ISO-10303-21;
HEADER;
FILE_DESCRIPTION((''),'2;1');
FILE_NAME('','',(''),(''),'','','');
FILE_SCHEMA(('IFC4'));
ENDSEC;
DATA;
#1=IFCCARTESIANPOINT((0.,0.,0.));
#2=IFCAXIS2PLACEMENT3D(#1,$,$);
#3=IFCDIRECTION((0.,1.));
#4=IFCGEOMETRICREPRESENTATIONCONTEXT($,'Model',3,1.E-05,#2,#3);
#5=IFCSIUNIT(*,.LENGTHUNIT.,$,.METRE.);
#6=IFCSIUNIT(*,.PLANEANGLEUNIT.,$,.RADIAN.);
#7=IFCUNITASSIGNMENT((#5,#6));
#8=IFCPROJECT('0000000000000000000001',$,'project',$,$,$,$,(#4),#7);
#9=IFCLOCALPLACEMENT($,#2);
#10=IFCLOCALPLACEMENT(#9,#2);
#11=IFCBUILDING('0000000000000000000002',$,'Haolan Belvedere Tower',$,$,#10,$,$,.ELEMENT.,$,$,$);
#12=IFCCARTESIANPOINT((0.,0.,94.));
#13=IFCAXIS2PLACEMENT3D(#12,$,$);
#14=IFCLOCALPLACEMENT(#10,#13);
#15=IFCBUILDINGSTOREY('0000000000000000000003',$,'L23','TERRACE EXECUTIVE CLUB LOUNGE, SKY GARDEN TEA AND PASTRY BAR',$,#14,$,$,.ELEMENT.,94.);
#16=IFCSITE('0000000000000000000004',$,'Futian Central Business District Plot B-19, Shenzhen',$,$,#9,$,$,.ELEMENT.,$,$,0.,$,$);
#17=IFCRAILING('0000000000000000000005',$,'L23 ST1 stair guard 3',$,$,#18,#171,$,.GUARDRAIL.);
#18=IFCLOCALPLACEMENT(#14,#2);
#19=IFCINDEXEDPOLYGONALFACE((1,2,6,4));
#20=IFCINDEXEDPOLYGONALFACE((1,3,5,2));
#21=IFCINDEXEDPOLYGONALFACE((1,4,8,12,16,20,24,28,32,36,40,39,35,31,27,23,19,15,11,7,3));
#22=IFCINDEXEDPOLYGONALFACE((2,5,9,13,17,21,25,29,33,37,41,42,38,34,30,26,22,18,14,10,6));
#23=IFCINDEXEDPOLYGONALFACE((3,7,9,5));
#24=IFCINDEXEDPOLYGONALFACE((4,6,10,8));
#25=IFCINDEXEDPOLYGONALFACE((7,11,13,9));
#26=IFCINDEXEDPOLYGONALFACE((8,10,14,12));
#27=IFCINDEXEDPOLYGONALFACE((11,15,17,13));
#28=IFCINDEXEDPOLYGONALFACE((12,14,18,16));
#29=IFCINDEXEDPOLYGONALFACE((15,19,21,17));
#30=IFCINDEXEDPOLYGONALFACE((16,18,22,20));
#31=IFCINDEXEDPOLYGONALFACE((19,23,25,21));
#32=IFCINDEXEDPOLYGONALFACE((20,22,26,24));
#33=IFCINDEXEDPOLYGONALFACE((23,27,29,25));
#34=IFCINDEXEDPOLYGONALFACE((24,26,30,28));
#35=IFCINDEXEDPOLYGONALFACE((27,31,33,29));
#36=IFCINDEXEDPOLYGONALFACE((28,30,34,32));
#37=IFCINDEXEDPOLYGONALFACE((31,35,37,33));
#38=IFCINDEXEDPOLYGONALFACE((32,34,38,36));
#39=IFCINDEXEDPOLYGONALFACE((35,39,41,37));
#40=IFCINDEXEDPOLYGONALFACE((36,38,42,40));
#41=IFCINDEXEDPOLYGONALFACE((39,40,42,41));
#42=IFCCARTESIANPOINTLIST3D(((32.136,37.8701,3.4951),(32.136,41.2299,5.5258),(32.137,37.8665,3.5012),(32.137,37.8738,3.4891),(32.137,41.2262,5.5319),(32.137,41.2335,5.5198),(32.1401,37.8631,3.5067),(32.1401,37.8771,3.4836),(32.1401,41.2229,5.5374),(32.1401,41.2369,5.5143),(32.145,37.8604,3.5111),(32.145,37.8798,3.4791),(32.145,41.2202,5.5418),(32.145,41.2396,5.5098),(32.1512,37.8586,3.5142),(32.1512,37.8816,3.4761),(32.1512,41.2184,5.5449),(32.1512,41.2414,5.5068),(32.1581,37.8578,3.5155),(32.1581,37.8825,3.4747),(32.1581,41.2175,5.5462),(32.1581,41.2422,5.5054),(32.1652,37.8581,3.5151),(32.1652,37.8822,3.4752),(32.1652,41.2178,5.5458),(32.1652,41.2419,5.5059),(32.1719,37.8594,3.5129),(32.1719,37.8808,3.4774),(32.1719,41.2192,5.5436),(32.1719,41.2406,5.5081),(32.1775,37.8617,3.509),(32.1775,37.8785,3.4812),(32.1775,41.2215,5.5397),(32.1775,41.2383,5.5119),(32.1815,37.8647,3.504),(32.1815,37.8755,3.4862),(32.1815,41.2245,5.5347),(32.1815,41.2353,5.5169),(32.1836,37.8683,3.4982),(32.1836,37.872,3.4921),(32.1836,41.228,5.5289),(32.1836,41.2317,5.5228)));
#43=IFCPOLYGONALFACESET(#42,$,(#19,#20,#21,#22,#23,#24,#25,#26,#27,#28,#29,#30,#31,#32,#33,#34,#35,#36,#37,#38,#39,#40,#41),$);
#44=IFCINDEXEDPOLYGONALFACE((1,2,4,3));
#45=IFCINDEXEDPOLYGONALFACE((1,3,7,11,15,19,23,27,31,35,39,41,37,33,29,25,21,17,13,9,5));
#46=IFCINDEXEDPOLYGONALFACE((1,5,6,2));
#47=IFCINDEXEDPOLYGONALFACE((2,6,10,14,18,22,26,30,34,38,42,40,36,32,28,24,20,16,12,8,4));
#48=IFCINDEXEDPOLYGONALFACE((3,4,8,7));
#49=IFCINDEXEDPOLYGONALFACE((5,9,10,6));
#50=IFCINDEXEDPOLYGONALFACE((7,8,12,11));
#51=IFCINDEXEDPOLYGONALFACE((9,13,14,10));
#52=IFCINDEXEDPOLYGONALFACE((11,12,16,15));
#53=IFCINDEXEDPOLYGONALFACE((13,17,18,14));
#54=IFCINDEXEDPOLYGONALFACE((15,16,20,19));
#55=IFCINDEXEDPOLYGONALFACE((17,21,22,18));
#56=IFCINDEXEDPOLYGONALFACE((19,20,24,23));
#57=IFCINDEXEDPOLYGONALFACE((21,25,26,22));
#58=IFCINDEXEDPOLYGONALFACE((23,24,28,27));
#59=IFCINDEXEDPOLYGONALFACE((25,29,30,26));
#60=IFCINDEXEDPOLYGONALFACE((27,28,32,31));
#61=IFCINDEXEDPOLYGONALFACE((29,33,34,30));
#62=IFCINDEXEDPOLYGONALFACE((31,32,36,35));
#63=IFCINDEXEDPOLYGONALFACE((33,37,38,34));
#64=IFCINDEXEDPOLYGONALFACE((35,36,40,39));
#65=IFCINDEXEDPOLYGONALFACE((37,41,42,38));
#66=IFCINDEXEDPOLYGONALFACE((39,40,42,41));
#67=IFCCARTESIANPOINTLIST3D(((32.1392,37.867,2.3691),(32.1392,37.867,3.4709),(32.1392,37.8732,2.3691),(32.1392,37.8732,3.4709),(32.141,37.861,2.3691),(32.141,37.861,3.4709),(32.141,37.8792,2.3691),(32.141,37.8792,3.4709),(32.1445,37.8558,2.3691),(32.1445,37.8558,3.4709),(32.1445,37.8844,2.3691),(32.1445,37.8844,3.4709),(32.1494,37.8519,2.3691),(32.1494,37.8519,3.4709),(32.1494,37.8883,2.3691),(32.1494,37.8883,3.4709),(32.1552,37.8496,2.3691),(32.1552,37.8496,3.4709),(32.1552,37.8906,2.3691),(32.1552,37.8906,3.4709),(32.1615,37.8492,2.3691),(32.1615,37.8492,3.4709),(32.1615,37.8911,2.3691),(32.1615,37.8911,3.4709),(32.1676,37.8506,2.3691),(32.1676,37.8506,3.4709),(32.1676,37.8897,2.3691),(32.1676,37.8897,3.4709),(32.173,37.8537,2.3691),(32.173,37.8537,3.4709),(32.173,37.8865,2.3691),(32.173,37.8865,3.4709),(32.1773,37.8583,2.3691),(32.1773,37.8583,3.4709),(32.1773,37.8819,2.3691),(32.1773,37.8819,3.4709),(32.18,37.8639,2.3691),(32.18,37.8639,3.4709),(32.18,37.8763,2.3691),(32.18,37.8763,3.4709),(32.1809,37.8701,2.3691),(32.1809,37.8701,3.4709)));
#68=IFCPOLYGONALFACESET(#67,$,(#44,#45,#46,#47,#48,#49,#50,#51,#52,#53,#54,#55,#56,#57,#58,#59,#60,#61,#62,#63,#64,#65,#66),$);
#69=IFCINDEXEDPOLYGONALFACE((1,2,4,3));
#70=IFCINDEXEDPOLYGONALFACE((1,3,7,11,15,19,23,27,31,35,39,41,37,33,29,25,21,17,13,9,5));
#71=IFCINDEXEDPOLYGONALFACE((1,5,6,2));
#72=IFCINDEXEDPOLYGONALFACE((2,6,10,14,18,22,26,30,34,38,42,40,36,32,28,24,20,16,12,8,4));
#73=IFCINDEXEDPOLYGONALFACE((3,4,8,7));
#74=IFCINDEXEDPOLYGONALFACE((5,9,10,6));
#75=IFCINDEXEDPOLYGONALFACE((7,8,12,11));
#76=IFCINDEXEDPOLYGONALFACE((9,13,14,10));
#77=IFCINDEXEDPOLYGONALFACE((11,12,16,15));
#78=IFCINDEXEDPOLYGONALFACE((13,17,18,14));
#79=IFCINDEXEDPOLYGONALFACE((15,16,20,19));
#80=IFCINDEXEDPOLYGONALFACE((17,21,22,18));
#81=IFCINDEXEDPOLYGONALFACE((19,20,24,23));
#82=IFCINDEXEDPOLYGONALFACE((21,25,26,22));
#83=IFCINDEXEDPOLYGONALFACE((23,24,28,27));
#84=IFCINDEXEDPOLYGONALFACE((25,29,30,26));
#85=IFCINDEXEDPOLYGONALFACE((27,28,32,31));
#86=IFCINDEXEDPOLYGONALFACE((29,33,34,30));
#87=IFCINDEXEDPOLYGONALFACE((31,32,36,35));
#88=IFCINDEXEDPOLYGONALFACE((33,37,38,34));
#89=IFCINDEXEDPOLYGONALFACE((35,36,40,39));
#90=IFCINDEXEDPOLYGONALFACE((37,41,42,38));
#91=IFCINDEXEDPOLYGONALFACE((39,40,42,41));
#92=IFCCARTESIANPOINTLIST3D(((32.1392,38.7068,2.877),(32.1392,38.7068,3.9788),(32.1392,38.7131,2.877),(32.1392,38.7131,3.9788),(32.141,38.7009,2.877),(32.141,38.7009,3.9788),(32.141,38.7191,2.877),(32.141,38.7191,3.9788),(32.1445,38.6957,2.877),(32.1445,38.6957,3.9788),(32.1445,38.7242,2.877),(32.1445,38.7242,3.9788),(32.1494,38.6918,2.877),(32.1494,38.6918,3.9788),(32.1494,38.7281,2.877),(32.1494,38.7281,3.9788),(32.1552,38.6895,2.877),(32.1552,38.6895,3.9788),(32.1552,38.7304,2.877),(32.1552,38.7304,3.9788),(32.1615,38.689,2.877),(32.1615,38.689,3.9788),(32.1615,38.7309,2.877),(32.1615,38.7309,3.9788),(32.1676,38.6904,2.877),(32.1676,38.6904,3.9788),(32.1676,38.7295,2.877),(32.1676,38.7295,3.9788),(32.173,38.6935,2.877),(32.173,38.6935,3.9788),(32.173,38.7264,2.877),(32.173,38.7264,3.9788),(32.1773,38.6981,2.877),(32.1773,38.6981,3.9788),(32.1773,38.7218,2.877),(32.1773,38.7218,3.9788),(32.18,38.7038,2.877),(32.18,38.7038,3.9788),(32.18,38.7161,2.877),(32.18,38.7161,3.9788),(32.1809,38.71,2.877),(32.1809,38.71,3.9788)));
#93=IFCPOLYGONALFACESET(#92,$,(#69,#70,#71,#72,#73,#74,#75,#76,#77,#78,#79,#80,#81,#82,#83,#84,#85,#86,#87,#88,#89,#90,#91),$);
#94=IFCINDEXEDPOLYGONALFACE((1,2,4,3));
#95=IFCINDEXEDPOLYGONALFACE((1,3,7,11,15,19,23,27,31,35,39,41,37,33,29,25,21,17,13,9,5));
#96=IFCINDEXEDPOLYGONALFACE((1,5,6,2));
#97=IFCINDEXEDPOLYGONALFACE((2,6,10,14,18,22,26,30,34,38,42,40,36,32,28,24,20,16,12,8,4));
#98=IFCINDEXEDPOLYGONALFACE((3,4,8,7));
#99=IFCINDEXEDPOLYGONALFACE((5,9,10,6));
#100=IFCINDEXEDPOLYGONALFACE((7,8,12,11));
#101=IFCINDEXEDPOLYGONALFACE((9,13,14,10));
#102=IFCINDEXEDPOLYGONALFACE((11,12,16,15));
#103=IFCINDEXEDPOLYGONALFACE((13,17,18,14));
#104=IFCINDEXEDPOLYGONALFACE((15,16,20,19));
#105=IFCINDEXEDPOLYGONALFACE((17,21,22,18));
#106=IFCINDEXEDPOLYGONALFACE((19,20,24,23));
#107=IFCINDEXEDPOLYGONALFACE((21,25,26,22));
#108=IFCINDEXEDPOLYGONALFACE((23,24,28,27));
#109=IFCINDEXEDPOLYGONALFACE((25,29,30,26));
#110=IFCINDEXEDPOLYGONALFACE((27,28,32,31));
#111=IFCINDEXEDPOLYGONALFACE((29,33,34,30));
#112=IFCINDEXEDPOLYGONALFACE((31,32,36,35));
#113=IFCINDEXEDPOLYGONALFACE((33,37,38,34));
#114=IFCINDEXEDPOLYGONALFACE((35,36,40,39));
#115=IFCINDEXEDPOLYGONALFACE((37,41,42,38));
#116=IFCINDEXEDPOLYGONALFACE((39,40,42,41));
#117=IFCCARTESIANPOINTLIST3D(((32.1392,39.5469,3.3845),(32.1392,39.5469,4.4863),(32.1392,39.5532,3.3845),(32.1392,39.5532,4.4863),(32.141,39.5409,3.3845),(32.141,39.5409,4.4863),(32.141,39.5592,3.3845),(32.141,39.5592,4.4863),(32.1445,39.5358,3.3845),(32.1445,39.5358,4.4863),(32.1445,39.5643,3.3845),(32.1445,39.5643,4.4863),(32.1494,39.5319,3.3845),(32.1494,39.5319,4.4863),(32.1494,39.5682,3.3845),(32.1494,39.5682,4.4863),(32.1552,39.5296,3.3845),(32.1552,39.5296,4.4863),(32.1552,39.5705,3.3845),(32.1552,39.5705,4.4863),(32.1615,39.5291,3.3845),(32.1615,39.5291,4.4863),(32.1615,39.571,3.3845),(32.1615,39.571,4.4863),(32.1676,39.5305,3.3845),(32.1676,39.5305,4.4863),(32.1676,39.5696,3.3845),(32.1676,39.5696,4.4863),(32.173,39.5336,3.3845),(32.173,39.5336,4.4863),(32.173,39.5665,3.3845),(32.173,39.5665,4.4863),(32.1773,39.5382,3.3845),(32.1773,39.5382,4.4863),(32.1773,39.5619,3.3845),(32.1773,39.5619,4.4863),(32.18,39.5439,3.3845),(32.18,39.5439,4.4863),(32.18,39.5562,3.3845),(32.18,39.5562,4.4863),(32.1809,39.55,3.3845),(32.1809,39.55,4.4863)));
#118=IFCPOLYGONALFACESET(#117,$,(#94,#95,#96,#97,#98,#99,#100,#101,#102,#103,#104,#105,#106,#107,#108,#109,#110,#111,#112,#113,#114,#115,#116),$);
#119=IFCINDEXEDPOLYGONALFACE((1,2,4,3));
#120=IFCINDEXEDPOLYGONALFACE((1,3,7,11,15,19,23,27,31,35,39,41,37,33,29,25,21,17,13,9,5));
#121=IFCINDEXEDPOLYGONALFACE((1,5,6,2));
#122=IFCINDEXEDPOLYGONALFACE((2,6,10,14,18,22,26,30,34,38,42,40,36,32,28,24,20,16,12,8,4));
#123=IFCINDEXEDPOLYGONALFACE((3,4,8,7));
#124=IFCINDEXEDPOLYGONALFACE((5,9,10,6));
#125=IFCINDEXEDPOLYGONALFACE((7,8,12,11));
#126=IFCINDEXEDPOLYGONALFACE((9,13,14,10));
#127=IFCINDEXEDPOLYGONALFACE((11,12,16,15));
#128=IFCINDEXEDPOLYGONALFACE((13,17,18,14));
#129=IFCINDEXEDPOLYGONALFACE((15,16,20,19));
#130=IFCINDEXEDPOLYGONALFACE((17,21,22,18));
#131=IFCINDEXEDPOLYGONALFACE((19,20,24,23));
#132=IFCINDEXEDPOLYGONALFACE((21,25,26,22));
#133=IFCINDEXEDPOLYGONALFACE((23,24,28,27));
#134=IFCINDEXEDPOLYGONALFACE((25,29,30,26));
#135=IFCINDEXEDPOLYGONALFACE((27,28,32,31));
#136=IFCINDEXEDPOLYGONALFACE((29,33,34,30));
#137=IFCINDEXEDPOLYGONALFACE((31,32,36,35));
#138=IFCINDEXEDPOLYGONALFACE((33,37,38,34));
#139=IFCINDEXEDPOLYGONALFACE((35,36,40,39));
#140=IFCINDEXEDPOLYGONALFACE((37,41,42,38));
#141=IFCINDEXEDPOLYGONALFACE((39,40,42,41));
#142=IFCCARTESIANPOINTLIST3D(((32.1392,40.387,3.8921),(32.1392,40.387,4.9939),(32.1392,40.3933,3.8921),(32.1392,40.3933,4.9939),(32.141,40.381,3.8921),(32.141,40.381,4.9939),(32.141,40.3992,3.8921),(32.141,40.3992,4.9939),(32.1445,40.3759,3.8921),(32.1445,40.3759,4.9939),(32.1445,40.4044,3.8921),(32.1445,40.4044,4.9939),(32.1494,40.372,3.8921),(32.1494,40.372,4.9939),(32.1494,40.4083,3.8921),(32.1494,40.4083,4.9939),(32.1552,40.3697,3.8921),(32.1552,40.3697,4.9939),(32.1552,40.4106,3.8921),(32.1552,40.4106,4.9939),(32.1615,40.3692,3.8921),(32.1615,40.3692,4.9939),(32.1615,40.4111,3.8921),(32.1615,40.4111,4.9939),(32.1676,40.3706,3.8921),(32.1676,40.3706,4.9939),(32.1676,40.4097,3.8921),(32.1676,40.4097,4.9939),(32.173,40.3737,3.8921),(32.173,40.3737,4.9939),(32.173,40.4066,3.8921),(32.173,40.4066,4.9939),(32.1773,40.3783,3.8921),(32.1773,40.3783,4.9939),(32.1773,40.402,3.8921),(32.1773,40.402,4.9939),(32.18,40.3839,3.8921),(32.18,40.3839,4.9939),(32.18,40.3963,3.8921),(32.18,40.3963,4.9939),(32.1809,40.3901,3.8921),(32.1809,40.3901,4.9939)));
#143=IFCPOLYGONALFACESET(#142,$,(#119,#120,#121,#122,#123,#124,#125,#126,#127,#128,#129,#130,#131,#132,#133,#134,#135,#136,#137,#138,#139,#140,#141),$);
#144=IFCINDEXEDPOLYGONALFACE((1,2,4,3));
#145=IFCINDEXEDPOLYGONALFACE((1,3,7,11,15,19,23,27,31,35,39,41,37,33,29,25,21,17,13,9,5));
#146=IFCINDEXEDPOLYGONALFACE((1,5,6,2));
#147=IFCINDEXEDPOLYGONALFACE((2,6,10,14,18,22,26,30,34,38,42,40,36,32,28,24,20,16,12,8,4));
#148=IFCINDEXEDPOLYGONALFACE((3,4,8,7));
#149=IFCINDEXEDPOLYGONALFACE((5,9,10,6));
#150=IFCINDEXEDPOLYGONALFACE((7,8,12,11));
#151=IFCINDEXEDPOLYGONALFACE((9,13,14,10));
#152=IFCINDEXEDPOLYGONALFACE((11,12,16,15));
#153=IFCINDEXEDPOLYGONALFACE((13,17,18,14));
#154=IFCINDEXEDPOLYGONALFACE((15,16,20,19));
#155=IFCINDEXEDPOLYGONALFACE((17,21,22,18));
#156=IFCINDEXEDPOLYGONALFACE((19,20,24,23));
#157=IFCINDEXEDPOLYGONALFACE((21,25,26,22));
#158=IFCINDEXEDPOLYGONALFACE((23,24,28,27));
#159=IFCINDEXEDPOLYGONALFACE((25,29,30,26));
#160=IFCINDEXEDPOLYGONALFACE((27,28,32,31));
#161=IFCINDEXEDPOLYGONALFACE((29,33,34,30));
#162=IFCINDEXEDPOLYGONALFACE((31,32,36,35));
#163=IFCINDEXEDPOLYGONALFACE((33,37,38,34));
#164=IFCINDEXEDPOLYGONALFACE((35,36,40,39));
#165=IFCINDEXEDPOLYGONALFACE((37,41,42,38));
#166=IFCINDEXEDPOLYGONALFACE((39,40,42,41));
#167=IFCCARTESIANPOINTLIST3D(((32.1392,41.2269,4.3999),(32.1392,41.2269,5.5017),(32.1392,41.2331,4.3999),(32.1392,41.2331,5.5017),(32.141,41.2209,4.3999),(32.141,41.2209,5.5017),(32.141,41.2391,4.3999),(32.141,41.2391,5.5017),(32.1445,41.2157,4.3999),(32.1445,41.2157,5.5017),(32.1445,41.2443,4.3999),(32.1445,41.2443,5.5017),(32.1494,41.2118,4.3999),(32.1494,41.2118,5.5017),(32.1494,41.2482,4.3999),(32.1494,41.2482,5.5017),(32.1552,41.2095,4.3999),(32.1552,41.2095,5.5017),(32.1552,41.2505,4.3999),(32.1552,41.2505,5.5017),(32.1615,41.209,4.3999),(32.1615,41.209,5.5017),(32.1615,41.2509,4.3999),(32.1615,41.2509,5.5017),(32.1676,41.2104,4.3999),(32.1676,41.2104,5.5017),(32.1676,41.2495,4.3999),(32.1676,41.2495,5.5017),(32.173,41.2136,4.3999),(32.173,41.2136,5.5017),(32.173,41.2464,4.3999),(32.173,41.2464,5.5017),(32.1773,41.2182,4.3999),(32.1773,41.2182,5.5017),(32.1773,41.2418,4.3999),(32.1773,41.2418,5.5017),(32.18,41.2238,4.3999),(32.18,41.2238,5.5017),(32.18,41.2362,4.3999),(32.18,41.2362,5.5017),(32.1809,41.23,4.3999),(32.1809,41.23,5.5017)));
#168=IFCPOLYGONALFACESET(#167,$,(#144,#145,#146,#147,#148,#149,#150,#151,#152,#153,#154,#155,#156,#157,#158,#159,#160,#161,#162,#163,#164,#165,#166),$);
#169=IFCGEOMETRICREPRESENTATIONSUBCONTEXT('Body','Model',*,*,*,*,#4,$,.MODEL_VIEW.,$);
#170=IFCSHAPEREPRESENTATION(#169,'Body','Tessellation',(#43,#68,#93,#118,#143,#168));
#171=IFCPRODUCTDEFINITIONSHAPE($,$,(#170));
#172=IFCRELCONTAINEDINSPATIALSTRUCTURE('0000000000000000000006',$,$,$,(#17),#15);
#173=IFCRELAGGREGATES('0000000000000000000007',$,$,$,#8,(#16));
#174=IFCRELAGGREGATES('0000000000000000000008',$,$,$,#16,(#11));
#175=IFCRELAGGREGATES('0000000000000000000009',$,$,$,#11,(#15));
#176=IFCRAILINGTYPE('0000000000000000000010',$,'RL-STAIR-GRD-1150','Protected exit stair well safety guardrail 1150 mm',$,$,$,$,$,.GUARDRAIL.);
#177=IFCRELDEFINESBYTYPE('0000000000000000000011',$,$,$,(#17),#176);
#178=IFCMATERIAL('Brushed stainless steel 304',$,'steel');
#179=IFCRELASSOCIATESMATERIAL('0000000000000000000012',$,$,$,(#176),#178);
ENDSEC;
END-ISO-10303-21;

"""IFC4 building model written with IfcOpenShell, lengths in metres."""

from ifc_helpers import new_model, si_unit, direction, frame, origin, origin_2d, place, context, subcontext, project, spatial, circle, extrude, material, type_object, element, save


model = new_model("IFC4")

# Units and contexts
model_context = context("Model", 3, precision=1e-05, world=origin(), true_north=direction((0.0, 1.0)))
body_context = subcontext(model_context, "Body", "Model", "MODEL_VIEW")
ifc_project = project(units=[si_unit("LENGTHUNIT", "METRE"), si_unit("PLANEANGLEUNIT", "RADIAN")], contexts=[model_context])

# Site, building, storey
site_placement = place(None, origin())
site = spatial("IfcSite", under=ifc_project, at=site_placement, Name="Futian Central Business District Plot B-19, Shenzhen", CompositionType="ELEMENT", RefElevation=0.0)
building_placement = place(site_placement, origin())
building = spatial("IfcBuilding", under=site, at=building_placement, Name="Haolan Belvedere Tower", CompositionType="ELEMENT")
storey_placement = place(building_placement, frame((0.0, 0.0, 94.0)))
storey = spatial("IfcBuildingStorey", under=building, at=storey_placement, Name="L23", Description="TERRACE EXECUTIVE CLUB LOUNGE, SKY GARDEN TEA AND PASTRY BAR", CompositionType="ELEMENT", Elevation=94.0)

# Railing
ifc_material_1 = material(Name="Brushed stainless steel 304", Category="steel")
railing_type_1 = type_object("IfcRailingType", Name="RL-STAIR-GRD-1150", Description="Protected exit stair well safety guardrail 1150 mm", PredefinedType="GUARDRAIL", material=ifc_material_1)
railing_1_placement = place(storey_placement, frame((32.1599, 37.8701, 2.3691)))
element("IfcRailing", 1, at=railing_1_placement, inside=storey, type_object=railing_type_1, Name="L23 ST1 stair guard 3", PredefinedType="GUARDRAIL", context=body_context, shape_type="SweptSolid", body=[
    extrude(circle(Radius=0.0239, at=origin_2d()), frame((0.0, 0.0, 1.126), z_axis=(0.0, 0.85582, 0.517273), x_axis=(-1.0, 0.0, 0.0)), (0.0, 0.0, 1.0), 3.9258),
    extrude(circle(Radius=0.021, at=origin_2d()), origin(), (0.0, 0.0, 1.0), 1.1018),
    extrude(circle(Radius=0.021, at=origin_2d()), frame((0.0, 0.8398, 0.5078)), (0.0, 0.0, 1.0), 1.1018),
    extrude(circle(Radius=0.021, at=origin_2d()), frame((0.0, 1.6799, 1.0154)), (0.0, 0.0, 1.0), 1.1018),
    extrude(circle(Radius=0.021, at=origin_2d()), frame((0.0, 2.52, 1.5229)), (0.0, 0.0, 1.0), 1.1018),
    extrude(circle(Radius=0.021, at=origin_2d()), frame((0.0, 3.3599, 2.0308)), (0.0, 0.0, 1.0), 1.1018),
])

save(model, "model.ifc")
